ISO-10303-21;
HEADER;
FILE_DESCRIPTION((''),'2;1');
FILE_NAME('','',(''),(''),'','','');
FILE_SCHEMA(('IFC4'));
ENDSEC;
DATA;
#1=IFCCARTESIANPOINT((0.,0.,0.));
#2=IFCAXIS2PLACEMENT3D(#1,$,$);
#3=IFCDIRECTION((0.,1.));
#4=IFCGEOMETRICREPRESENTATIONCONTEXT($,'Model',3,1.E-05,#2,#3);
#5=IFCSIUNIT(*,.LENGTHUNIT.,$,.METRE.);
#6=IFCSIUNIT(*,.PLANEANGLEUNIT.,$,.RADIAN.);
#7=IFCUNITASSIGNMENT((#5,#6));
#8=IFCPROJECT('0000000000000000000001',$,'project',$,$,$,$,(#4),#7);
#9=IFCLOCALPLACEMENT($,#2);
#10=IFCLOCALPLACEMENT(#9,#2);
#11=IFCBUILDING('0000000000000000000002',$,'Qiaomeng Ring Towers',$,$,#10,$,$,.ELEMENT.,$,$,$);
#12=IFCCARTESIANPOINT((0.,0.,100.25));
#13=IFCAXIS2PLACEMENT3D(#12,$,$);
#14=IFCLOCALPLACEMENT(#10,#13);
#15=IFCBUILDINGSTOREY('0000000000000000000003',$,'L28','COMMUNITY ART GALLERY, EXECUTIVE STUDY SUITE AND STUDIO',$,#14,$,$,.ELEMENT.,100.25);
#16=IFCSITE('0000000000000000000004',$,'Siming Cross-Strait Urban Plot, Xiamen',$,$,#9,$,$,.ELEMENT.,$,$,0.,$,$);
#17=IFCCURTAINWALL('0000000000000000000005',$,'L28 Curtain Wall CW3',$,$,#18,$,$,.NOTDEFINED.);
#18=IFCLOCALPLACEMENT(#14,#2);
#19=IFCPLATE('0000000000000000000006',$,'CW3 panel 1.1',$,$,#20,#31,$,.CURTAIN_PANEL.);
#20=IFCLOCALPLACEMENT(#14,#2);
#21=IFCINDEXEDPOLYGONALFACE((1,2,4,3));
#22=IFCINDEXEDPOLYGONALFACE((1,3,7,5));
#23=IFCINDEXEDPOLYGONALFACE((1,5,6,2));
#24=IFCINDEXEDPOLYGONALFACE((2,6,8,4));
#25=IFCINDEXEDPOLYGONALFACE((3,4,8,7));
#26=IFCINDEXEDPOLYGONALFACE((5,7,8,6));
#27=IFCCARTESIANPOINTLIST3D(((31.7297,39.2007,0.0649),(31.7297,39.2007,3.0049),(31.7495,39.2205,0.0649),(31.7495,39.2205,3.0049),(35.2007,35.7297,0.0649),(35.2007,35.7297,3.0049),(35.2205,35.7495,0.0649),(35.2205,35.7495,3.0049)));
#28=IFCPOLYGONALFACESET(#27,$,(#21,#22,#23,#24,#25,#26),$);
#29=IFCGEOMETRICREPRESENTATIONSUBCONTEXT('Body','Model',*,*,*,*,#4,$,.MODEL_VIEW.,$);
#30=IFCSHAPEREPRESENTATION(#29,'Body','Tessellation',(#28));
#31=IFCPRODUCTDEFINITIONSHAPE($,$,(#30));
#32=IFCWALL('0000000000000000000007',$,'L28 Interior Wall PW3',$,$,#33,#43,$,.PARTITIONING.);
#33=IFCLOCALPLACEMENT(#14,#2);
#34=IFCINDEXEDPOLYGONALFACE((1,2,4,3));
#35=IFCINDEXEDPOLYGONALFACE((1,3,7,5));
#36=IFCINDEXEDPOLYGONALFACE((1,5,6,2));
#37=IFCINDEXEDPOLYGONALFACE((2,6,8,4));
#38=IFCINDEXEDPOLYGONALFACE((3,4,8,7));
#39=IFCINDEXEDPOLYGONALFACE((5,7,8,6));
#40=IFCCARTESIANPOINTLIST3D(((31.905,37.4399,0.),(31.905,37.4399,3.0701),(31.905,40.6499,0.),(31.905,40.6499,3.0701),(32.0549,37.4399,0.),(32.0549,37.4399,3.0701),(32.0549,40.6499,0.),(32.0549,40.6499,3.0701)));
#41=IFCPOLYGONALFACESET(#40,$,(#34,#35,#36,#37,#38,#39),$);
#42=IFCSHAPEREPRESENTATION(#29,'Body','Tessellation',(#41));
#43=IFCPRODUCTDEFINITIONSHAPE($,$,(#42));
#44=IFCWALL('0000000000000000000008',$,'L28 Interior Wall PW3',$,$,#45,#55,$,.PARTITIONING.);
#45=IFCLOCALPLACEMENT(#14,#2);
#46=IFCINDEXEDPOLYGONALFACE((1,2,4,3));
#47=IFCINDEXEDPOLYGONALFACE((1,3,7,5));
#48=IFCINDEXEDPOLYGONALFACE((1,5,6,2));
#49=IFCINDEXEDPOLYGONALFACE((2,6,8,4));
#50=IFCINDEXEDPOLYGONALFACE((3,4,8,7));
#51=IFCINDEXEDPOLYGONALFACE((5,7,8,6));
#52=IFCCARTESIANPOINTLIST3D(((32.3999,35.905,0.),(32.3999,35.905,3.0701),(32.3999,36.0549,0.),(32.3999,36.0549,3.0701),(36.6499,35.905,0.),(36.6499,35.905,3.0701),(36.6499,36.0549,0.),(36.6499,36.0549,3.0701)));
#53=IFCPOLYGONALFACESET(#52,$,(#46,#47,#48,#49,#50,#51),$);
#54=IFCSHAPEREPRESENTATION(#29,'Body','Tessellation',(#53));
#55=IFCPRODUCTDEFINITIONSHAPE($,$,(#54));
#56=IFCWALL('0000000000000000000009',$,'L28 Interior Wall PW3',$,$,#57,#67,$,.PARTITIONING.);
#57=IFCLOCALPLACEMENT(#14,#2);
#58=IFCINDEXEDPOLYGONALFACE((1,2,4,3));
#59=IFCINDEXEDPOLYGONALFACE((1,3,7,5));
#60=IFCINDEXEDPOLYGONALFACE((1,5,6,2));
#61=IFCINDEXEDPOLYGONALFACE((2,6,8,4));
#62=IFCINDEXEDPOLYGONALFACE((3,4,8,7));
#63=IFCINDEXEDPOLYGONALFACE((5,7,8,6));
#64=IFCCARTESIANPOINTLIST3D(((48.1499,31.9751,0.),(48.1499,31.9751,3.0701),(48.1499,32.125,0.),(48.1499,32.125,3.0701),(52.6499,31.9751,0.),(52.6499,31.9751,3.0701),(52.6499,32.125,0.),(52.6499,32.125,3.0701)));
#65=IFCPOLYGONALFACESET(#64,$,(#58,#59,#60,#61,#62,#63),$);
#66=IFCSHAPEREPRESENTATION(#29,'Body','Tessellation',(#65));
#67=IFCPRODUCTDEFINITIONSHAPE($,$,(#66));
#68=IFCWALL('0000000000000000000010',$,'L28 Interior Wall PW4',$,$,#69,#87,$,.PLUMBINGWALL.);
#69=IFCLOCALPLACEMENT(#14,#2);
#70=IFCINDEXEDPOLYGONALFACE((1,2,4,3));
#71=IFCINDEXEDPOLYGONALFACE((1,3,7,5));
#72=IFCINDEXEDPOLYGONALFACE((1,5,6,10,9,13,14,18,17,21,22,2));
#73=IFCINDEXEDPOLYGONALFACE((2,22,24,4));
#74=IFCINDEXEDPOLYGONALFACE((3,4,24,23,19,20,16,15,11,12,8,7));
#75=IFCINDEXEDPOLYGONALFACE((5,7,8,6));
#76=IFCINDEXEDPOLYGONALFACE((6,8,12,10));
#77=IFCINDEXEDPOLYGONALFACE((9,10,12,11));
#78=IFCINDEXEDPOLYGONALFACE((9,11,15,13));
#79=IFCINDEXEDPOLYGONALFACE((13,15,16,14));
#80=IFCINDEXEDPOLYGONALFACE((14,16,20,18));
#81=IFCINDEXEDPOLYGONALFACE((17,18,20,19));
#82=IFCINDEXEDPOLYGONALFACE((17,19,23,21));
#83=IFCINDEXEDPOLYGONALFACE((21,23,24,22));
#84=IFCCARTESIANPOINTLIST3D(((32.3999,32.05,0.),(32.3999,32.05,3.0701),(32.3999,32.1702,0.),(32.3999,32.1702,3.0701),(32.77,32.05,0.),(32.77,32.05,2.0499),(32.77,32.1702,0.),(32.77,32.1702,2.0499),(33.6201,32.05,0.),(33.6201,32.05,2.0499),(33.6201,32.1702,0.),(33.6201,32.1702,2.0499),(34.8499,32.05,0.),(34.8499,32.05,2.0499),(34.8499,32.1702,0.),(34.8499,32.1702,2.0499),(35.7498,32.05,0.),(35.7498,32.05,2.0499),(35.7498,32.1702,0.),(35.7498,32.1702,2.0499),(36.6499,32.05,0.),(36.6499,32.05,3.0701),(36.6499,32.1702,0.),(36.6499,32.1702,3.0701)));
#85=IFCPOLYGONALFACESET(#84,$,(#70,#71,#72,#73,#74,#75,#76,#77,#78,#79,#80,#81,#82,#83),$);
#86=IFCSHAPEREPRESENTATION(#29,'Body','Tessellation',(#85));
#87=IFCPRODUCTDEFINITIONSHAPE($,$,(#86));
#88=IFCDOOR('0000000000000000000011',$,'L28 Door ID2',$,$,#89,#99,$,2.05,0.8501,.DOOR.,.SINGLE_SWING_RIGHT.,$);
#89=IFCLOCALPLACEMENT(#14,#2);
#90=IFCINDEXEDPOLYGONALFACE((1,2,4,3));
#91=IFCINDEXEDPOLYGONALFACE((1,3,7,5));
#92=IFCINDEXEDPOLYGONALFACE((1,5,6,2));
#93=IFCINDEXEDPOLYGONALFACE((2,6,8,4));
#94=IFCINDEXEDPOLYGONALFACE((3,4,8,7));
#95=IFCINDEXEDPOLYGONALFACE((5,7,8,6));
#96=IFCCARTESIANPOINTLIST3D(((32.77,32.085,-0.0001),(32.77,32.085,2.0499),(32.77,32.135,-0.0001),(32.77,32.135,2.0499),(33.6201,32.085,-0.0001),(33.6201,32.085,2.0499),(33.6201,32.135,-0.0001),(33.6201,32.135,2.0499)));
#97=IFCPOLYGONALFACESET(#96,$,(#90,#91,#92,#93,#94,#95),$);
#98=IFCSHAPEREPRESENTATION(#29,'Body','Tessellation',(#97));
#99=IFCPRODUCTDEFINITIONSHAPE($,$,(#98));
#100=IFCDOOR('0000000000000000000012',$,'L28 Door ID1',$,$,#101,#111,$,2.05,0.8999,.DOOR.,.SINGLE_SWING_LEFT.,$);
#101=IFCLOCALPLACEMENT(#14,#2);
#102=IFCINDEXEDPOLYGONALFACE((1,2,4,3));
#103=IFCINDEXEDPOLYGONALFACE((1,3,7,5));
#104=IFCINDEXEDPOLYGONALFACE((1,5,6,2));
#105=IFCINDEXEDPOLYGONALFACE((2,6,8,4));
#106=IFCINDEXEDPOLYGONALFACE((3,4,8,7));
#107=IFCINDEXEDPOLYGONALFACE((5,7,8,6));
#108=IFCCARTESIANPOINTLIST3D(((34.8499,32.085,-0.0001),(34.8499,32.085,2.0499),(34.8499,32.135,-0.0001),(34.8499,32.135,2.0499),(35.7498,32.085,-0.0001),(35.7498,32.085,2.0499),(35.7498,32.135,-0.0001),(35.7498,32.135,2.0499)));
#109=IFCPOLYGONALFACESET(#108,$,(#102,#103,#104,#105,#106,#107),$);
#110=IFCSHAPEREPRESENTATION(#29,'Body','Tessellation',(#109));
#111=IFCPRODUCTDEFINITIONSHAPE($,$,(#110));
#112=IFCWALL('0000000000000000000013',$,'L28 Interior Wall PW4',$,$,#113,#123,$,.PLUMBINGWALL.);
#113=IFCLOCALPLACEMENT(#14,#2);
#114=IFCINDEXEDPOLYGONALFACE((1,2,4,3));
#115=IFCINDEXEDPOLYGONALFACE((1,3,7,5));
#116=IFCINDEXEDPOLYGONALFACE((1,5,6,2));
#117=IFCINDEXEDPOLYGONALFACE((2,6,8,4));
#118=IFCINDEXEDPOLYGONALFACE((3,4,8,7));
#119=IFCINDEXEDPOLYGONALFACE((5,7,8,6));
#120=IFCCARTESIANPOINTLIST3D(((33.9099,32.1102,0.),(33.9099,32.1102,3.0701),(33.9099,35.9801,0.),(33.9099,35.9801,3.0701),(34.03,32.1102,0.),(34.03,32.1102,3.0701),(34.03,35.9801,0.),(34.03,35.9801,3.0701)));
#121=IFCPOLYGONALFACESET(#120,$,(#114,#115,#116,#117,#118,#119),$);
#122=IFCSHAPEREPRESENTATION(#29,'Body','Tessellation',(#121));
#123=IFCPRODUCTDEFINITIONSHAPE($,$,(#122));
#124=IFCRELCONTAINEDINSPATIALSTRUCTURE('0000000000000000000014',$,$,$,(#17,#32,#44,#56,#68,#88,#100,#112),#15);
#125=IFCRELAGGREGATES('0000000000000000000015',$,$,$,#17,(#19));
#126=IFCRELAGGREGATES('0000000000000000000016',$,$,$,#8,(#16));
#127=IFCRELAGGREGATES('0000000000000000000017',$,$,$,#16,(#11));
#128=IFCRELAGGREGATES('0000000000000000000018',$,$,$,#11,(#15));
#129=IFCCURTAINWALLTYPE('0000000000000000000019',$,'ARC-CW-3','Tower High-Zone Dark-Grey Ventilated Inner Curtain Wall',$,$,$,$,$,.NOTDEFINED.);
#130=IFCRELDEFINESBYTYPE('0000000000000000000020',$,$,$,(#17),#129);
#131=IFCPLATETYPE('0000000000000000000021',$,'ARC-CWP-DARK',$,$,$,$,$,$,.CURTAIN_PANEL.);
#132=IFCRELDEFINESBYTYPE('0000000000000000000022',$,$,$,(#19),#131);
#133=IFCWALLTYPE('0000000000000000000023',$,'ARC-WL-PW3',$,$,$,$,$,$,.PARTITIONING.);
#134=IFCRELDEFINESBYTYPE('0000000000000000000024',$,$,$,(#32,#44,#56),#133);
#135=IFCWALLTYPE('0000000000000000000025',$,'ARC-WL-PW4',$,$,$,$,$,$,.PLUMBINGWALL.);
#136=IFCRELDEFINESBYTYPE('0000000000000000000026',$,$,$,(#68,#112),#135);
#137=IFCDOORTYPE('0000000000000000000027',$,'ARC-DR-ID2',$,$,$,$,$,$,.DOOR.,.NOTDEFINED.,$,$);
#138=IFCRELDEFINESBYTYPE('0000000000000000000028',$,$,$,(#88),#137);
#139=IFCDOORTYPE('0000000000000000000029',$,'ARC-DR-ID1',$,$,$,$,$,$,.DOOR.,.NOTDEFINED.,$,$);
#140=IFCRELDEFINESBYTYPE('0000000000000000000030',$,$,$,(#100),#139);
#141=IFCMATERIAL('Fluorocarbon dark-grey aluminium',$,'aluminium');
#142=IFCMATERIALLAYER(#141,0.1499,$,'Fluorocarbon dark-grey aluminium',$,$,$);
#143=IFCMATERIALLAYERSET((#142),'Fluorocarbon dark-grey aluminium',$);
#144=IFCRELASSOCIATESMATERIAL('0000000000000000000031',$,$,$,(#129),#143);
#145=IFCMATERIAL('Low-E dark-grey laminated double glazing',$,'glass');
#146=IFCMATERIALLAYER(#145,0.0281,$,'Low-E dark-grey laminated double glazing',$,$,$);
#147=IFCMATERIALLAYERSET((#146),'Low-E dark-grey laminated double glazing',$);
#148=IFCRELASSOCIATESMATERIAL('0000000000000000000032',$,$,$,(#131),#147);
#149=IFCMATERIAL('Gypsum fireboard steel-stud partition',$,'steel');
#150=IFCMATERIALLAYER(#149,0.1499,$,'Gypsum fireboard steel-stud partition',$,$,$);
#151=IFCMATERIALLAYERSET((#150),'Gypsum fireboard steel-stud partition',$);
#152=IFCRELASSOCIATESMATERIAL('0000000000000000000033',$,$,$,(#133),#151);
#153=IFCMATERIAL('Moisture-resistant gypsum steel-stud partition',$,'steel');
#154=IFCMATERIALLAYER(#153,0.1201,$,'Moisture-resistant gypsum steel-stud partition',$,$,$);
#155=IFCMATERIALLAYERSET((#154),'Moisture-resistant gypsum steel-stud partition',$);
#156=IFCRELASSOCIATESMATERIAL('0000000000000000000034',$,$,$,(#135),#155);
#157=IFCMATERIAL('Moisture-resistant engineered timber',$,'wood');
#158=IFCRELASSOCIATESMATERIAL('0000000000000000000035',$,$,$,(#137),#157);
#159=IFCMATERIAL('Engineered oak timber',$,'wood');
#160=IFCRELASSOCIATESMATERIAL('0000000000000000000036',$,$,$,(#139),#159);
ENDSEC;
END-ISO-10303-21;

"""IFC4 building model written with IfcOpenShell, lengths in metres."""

from ifc_helpers import new_model, si_unit, direction, frame, frame_2d, origin, origin_2d, place, context, subcontext, project, spatial, rectangle, extrude, source, transform, mapped, material, layer, layer_set, type_object, element, fill, aggregate, save


model = new_model("IFC4")

# Units and contexts
model_context = context("Model", 3, precision=1e-05, world=origin(), true_north=direction((0.0, 1.0)))
body_context = subcontext(model_context, "Body", "Model", "MODEL_VIEW")
ifc_project = project(units=[si_unit("LENGTHUNIT", "METRE"), si_unit("PLANEANGLEUNIT", "RADIAN")], contexts=[model_context])

# Site, building, storey
site_placement = place(None, origin())
site = spatial("IfcSite", under=ifc_project, at=site_placement, Name="Siming Cross-Strait Urban Plot, Xiamen", CompositionType="ELEMENT", RefElevation=0.0)
building_placement = place(site_placement, origin())
building = spatial("IfcBuilding", under=site, at=building_placement, Name="Qiaomeng Ring Towers", CompositionType="ELEMENT")
storey_placement = place(building_placement, frame((0.0, 0.0, 100.25)))
storey = spatial("IfcBuildingStorey", under=building, at=storey_placement, Name="L28", Description="COMMUNITY ART GALLERY, EXECUTIVE STUDY SUITE AND STUDIO", CompositionType="ELEMENT", Elevation=100.25)

# Curtain wall, plate
ifc_material_1 = material(Name="Fluorocarbon dark-grey aluminium", Category="aluminium")
ifc_layer_1 = layer(ifc_material_1, 0.1499, Name="Fluorocarbon dark-grey aluminium")
ifc_layer_set_1 = layer_set([ifc_layer_1], Name="Fluorocarbon dark-grey aluminium")
curtain_wall_type = type_object("IfcCurtainWallType", Name="ARC-CW-3", Description="Tower High-Zone Dark-Grey Ventilated Inner Curtain Wall", PredefinedType="NOTDEFINED", material=ifc_layer_set_1)
curtain_wall_placement = place(storey_placement, origin())
curtain_wall = element("IfcCurtainWall", 1, at=curtain_wall_placement, inside=storey, type_object=curtain_wall_type, Name="L28 Curtain Wall CW3", PredefinedType="NOTDEFINED")
ifc_material_2 = material(Name="Low-E dark-grey laminated double glazing", Category="glass")
ifc_layer_2 = layer(ifc_material_2, 0.0281, Name="Low-E dark-grey laminated double glazing")
ifc_layer_set_2 = layer_set([ifc_layer_2], Name="Low-E dark-grey laminated double glazing")
plate_type = type_object("IfcPlateType", Name="ARC-CWP-DARK", PredefinedType="CURTAIN_PANEL", material=ifc_layer_set_2)
shared_shape_1 = source(origin(), body_context, "Body", "SweptSolid", [
    extrude(rectangle(XDim=4.9087, YDim=0.0281, at=origin_2d()), origin(), (0.0, 0.0, 1.0), 2.9399),
])
plate_placement = place(storey_placement, frame((33.4751, 37.4751, 0.0649), z_axis=(0.0, 0.0, 1.0), x_axis=(-0.707107, 0.707107, 0.0)))
plate = element("IfcPlate", 2, at=plate_placement, type_object=plate_type, Name="CW3 panel 1.1", PredefinedType="CURTAIN_PANEL", context=body_context, shape_type="MappedRepresentation", body=[
    mapped(shared_shape_1, transform((0.0, 0.0, 0.0), x_axis=(1.0, 0.0, 0.0), y_axis=(0.0, 1.0, 0.0), z_axis=(0.0, 0.0, 1.0), scale=1.0)),
])
aggregate(curtain_wall, [plate])

# Walls
ifc_material_3 = material(Name="Gypsum fireboard steel-stud partition", Category="steel")
ifc_layer_3 = layer(ifc_material_3, 0.1499, Name="Gypsum fireboard steel-stud partition")
ifc_layer_set_3 = layer_set([ifc_layer_3], Name="Gypsum fireboard steel-stud partition")
wall_type_1 = type_object("IfcWallType", Name="ARC-WL-PW3", PredefinedType="PARTITIONING", material=ifc_layer_set_3)
wall_1_placement = place(storey_placement, frame((31.98, 37.4399, 0.0), z_axis=(0.0, 0.0, 1.0), x_axis=(0.0, 1.0, 0.0)))
element("IfcWall", 3, at=wall_1_placement, inside=storey, type_object=wall_type_1, Name="L28 Interior Wall PW3", PredefinedType="PARTITIONING", context=body_context, shape_type="SweptSolid", body=[
    extrude(rectangle(XDim=3.21, YDim=0.1499, at=frame_2d((1.605, 0.0))), origin(), (0.0, 0.0, 1.0), 3.0701),
])
wall_2_placement = place(storey_placement, frame((32.3999, 35.98, 0.0), z_axis=(0.0, 0.0, 1.0), x_axis=(1.0, 0.0, 0.0)))
element("IfcWall", 4, at=wall_2_placement, inside=storey, type_object=wall_type_1, Name="L28 Interior Wall PW3", PredefinedType="PARTITIONING", context=body_context, shape_type="SweptSolid", body=[
    extrude(rectangle(XDim=4.25, YDim=0.1499, at=frame_2d((2.125, 0.0))), origin(), (0.0, 0.0, 1.0), 3.0701),
])
wall_3_placement = place(storey_placement, frame((48.1499, 32.05, 0.0), z_axis=(0.0, 0.0, 1.0), x_axis=(1.0, 0.0, 0.0)))
element("IfcWall", 5, at=wall_3_placement, inside=storey, type_object=wall_type_1, Name="L28 Interior Wall PW3", PredefinedType="PARTITIONING", context=body_context, shape_type="SweptSolid", body=[
    extrude(rectangle(XDim=4.5, YDim=0.1499, at=frame_2d((2.25, 0.0))), origin(), (0.0, 0.0, 1.0), 3.0701),
])

# Wall, openings, doors
ifc_material_4 = material(Name="Moisture-resistant gypsum steel-stud partition", Category="steel")
ifc_layer_4 = layer(ifc_material_4, 0.1201, Name="Moisture-resistant gypsum steel-stud partition")
ifc_layer_set_4 = layer_set([ifc_layer_4], Name="Moisture-resistant gypsum steel-stud partition")
wall_type_2 = type_object("IfcWallType", Name="ARC-WL-PW4", PredefinedType="PLUMBINGWALL", material=ifc_layer_set_4)
wall_4_placement = place(storey_placement, frame((32.3999, 32.1101, 0.0), z_axis=(0.0, 0.0, 1.0), x_axis=(1.0, 0.0, 0.0)))
wall_4 = element("IfcWall", 6, at=wall_4_placement, inside=storey, type_object=wall_type_2, Name="L28 Interior Wall PW4", PredefinedType="PLUMBINGWALL", context=body_context, shape_type="SweptSolid", body=[
    extrude(rectangle(XDim=4.25, YDim=0.1201, at=frame_2d((2.125, 0.0))), origin(), (0.0, 0.0, 1.0), 3.0701),
])
opening_1_placement = place(wall_4_placement, frame((0.3701, 0.0, 0.0)))
opening_1 = element("IfcOpeningElement", 7, at=opening_1_placement, cuts=wall_4, PredefinedType="OPENING", context=body_context, shape_type="SweptSolid", body=[
    extrude(rectangle(XDim=0.8501, YDim=2.05, at=frame_2d((0.425, 1.0249))), frame((0.0, 0.0701, 0.0), z_axis=(0.0, -1.0, 0.0), x_axis=(1.0, 0.0, 0.0)), (0.0, 0.0, 1.0), 0.1401),
])
opening_2_placement = place(wall_4_placement, frame((2.45, 0.0, 0.0)))
opening_2 = element("IfcOpeningElement", 8, at=opening_2_placement, cuts=wall_4, PredefinedType="OPENING", context=body_context, shape_type="SweptSolid", body=[
    extrude(rectangle(XDim=0.8999, YDim=2.05, at=frame_2d((0.45, 1.0249))), frame((0.0, 0.0701, 0.0), z_axis=(0.0, -1.0, 0.0), x_axis=(1.0, 0.0, 0.0)), (0.0, 0.0, 1.0), 0.1401),
])
ifc_material_5 = material(Name="Moisture-resistant engineered timber", Category="wood")
door_type_1 = type_object("IfcDoorType", Name="ARC-DR-ID2", OperationType="NOTDEFINED", PredefinedType="DOOR", material=ifc_material_5)
shared_shape_2 = source(origin(), body_context, "Body", "SweptSolid", [
    extrude(rectangle(XDim=0.8501, YDim=2.05, at=frame_2d((0.425, 1.0249))), frame((0.0, 0.0249, 0.0), z_axis=(0.0, -1.0, 0.0), x_axis=(1.0, 0.0, 0.0)), (0.0, 0.0, 1.0), 0.05),
])
door_1_placement = place(opening_1_placement, origin())
door_1 = element("IfcDoor", 9, at=door_1_placement, inside=storey, type_object=door_type_1, Name="L28 Door ID2", OperationType="SINGLE_SWING_RIGHT", OverallHeight=2.05, OverallWidth=0.8501, PredefinedType="DOOR", context=body_context, shape_type="MappedRepresentation", body=[
    mapped(shared_shape_2, transform((0.0, 0.0, 0.0), x_axis=(1.0, 0.0, 0.0), y_axis=(0.0, 1.0, 0.0), z_axis=(0.0, 0.0, 1.0), scale=1.0)),
])
fill(opening_1, door_1)
ifc_material_6 = material(Name="Engineered oak timber", Category="wood")
door_type_2 = type_object("IfcDoorType", Name="ARC-DR-ID1", OperationType="NOTDEFINED", PredefinedType="DOOR", material=ifc_material_6)
shared_shape_3 = source(origin(), body_context, "Body", "SweptSolid", [
    extrude(rectangle(XDim=0.8999, YDim=2.05, at=frame_2d((0.45, 1.0249))), frame((0.0, 0.0249, 0.0), z_axis=(0.0, -1.0, 0.0), x_axis=(1.0, 0.0, 0.0)), (0.0, 0.0, 1.0), 0.05),
])
door_2_placement = place(opening_2_placement, origin())
door_2 = element("IfcDoor", 10, at=door_2_placement, inside=storey, type_object=door_type_2, Name="L28 Door ID1", OperationType="SINGLE_SWING_LEFT", OverallHeight=2.05, OverallWidth=0.8999, PredefinedType="DOOR", context=body_context, shape_type="MappedRepresentation", body=[
    mapped(shared_shape_3, transform((0.0, 0.0, 0.0), x_axis=(1.0, 0.0, 0.0), y_axis=(0.0, 1.0, 0.0), z_axis=(0.0, 0.0, 1.0), scale=1.0)),
])
fill(opening_2, door_2)

# Wall
wall_5_placement = place(storey_placement, frame((33.97, 32.1101, 0.0), z_axis=(0.0, 0.0, 1.0), x_axis=(0.0, 1.0, 0.0)))
element("IfcWall", 11, at=wall_5_placement, inside=storey, type_object=wall_type_2, Name="L28 Interior Wall PW4", PredefinedType="PLUMBINGWALL", context=body_context, shape_type="SweptSolid", body=[
    extrude(rectangle(XDim=3.8699, YDim=0.1201, at=frame_2d((1.9351, 0.0))), origin(), (0.0, 0.0, 1.0), 3.0701),
])

save(model, "model.ifc")
